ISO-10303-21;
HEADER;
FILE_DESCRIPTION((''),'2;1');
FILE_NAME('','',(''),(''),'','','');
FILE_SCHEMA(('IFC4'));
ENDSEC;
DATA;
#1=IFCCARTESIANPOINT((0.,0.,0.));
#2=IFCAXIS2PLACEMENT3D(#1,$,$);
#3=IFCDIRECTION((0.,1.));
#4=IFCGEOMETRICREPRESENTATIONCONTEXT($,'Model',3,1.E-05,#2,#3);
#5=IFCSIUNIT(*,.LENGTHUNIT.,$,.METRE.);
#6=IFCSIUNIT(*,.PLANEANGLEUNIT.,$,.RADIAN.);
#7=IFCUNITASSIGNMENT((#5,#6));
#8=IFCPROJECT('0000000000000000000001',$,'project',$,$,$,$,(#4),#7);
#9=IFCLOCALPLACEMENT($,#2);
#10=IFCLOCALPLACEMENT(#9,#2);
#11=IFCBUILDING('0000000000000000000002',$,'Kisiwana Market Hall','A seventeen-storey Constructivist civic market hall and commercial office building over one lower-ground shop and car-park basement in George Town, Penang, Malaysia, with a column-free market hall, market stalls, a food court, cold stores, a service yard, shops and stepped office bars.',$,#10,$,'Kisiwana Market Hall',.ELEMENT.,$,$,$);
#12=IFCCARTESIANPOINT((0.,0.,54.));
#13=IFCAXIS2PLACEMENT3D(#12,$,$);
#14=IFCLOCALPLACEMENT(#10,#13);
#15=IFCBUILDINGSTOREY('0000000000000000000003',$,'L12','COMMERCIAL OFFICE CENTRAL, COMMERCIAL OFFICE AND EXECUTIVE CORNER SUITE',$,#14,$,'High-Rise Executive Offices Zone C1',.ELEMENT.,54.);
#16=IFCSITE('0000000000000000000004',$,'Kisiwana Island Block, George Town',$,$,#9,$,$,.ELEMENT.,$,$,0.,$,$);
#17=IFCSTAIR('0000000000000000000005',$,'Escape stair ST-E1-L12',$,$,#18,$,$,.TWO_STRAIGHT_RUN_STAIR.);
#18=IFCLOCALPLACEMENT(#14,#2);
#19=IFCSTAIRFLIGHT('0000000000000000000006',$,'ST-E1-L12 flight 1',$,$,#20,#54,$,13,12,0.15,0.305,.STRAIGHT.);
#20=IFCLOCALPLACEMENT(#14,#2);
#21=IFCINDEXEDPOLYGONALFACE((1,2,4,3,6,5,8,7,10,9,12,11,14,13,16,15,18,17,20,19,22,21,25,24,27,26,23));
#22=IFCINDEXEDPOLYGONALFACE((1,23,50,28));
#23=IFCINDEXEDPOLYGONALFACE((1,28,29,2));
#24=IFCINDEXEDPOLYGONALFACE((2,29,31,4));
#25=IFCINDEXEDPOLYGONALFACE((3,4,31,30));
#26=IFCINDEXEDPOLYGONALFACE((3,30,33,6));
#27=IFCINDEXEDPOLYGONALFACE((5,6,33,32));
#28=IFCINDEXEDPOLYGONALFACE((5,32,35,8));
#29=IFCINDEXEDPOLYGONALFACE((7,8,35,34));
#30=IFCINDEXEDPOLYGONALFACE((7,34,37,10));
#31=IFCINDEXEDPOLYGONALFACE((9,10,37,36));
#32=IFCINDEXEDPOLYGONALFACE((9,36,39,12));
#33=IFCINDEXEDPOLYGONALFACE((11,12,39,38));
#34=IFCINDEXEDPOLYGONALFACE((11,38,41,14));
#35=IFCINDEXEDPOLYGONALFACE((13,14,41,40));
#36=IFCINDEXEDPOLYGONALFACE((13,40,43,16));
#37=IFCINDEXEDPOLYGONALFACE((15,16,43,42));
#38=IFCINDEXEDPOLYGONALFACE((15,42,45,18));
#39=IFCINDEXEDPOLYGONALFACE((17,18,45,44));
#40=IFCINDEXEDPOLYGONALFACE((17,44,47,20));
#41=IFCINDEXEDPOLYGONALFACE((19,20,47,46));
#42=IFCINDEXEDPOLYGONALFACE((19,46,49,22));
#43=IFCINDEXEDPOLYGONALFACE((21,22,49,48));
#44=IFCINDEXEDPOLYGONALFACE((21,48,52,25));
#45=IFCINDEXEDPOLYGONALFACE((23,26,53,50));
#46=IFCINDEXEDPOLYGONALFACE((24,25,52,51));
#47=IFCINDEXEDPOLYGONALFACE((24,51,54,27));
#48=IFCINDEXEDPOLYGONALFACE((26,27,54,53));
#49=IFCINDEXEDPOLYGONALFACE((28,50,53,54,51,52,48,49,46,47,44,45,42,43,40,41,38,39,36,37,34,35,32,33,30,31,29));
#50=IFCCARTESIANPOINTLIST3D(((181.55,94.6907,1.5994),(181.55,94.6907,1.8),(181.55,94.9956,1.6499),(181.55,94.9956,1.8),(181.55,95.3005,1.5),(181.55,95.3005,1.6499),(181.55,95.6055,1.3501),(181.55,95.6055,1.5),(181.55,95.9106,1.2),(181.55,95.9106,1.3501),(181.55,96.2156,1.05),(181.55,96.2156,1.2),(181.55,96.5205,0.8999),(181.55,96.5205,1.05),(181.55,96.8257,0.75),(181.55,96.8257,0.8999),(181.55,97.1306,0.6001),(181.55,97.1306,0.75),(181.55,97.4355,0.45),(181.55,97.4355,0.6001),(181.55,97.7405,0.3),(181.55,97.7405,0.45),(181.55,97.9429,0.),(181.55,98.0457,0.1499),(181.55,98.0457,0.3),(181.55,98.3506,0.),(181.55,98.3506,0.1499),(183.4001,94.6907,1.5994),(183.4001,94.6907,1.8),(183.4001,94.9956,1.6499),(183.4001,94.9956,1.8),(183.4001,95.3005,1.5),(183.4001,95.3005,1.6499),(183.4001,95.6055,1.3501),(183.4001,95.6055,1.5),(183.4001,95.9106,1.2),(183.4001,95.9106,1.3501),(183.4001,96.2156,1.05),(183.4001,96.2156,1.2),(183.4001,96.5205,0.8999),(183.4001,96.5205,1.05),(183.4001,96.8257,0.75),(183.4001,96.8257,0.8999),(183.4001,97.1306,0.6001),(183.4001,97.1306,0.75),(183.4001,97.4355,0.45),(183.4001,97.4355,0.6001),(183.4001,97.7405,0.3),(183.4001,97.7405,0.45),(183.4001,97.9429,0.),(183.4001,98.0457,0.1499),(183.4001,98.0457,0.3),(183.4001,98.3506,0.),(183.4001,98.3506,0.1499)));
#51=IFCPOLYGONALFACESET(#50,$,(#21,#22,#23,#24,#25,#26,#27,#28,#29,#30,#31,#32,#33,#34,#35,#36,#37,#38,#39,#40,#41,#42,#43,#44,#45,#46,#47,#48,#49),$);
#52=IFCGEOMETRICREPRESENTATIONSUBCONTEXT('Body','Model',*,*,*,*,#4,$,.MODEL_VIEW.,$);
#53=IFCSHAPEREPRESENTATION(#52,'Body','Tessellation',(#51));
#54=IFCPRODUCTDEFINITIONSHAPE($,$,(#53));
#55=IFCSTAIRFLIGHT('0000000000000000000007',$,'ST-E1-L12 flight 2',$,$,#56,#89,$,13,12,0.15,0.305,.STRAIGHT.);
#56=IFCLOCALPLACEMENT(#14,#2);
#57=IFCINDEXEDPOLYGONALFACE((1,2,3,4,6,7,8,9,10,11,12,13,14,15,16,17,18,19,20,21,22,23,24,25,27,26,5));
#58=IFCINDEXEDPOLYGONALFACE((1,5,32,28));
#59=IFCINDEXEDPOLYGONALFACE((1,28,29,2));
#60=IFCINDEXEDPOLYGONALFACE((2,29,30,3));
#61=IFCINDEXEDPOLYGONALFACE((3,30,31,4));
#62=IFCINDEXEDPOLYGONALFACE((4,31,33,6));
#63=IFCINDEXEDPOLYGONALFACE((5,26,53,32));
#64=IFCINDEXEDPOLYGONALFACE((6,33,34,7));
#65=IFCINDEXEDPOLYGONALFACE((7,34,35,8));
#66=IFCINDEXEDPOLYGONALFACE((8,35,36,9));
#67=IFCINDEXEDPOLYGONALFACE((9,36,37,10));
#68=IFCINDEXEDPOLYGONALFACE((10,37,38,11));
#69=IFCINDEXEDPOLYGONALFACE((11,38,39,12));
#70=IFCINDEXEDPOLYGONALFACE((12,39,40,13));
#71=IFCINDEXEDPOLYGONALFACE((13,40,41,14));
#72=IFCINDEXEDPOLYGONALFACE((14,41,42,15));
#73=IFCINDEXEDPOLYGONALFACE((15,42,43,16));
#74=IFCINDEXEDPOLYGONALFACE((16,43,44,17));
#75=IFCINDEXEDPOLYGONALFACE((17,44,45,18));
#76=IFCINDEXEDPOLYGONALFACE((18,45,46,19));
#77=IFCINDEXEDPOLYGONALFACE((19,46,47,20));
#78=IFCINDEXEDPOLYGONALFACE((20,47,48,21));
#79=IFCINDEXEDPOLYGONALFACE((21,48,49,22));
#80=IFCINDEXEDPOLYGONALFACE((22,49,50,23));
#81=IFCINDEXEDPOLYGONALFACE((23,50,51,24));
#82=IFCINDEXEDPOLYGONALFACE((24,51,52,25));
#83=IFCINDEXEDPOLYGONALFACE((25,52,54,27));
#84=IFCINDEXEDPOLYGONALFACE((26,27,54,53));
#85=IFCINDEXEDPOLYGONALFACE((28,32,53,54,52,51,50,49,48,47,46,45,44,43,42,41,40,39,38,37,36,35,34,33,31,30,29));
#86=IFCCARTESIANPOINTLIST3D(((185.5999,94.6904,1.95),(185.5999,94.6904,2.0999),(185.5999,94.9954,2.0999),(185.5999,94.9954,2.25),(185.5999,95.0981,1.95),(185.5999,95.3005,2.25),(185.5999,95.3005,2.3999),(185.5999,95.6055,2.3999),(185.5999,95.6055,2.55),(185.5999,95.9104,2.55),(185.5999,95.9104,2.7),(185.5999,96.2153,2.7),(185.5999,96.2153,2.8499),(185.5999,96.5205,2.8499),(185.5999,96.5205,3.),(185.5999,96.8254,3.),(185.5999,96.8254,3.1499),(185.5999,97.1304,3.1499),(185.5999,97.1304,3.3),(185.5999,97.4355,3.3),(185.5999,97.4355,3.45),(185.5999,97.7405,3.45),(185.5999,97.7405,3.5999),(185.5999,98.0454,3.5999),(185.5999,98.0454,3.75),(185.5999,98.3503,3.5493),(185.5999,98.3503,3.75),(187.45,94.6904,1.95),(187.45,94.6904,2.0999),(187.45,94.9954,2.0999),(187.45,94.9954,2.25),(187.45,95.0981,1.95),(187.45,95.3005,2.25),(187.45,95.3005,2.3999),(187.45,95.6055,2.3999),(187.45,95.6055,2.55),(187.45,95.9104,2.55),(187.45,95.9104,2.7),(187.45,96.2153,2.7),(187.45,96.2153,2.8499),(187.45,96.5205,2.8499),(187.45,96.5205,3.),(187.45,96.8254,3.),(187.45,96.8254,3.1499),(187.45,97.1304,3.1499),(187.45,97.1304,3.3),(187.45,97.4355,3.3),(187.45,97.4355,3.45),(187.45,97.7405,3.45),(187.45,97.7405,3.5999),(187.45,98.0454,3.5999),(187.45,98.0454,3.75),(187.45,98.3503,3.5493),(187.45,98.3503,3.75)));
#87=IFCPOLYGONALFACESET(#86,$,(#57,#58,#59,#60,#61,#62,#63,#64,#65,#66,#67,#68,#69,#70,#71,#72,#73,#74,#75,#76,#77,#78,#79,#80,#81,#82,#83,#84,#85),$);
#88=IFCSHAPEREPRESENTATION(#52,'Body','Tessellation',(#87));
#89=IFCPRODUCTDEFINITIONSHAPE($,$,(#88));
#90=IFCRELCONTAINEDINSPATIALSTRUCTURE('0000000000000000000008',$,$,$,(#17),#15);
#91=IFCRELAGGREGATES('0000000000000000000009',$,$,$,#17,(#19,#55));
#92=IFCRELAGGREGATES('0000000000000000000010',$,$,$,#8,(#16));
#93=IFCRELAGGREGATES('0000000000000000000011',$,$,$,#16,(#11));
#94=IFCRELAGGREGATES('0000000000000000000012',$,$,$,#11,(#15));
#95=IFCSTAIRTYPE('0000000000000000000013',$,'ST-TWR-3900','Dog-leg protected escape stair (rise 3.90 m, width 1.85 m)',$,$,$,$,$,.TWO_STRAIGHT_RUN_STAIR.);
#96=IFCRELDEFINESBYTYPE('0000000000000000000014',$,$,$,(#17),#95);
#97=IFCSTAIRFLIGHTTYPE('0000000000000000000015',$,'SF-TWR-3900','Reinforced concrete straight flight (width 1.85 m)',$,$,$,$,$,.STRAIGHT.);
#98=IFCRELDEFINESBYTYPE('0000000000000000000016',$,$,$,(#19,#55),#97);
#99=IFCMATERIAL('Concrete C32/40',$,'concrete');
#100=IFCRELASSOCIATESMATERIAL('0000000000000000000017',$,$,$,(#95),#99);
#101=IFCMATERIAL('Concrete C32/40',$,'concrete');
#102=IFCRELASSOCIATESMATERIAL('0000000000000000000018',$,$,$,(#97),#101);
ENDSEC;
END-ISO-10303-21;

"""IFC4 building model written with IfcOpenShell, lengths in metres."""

from ifc_helpers import new_model, si_unit, direction, frame, origin, place, context, subcontext, project, spatial, polyline, outline, extrude, material, type_object, element, aggregate, save


model = new_model("IFC4")

# Units and contexts
model_context = context("Model", 3, precision=1e-05, world=origin(), true_north=direction((0.0, 1.0)))
body_context = subcontext(model_context, "Body", "Model", "MODEL_VIEW")
ifc_project = project(units=[si_unit("LENGTHUNIT", "METRE"), si_unit("PLANEANGLEUNIT", "RADIAN")], contexts=[model_context])

# Site, building, storey
site_placement = place(None, origin())
site = spatial("IfcSite", under=ifc_project, at=site_placement, Name="Kisiwana Island Block, George Town", CompositionType="ELEMENT", RefElevation=0.0)
building_placement = place(site_placement, origin())
building = spatial("IfcBuilding", under=site, at=building_placement, Name="Kisiwana Market Hall", Description="A seventeen-storey Constructivist civic market hall and commercial office building over one lower-ground shop and car-park basement in George Town, Penang, Malaysia, with a column-free market hall, market stalls, a food court, cold stores, a service yard, shops and stepped office bars.", LongName="Kisiwana Market Hall", CompositionType="ELEMENT")
storey_placement = place(building_placement, frame((0.0, 0.0, 54.0)))
storey = spatial("IfcBuildingStorey", under=building, at=storey_placement, Name="L12", Description="COMMERCIAL OFFICE CENTRAL, COMMERCIAL OFFICE AND EXECUTIVE CORNER SUITE", LongName="High-Rise Executive Offices Zone C1", CompositionType="ELEMENT", Elevation=54.0)

# Stair, stair flights
ifc_material_1 = material(Name="Concrete C32/40", Category="concrete")
stair_type = type_object("IfcStairType", Name="ST-TWR-3900", Description="Dog-leg protected escape stair (rise 3.90 m, width 1.85 m)", PredefinedType="TWO_STRAIGHT_RUN_STAIR", material=ifc_material_1)
stair_placement = place(storey_placement, origin())
stair = element("IfcStair", 1, at=stair_placement, inside=storey, type_object=stair_type, Name="Escape stair ST-E1-L12", PredefinedType="TWO_STRAIGHT_RUN_STAIR")
ifc_material_2 = material(Name="Concrete C32/40", Category="concrete")
stair_flight_type = type_object("IfcStairFlightType", Name="SF-TWR-3900", Description="Reinforced concrete straight flight (width 1.85 m)", PredefinedType="STRAIGHT", material=ifc_material_2)
stair_flight_1_placement = place(storey_placement, frame((182.4751, 98.3506, 0.0), z_axis=(0.0, 0.0, 1.0), x_axis=(0.0, -1.0, 0.0)))
stair_flight_1 = element("IfcStairFlight", 2, at=stair_flight_1_placement, type_object=stair_flight_type, Name="ST-E1-L12 flight 1", NumberOfRisers=13, NumberOfTreads=12, PredefinedType="STRAIGHT", RiserHeight=0.15, TreadLength=0.305, context=body_context, shape_type="SweptSolid", body=[
    extrude(outline(polyline([(0.0, 0.0), (0.0, 0.1499), (0.3049, 0.1499), (0.3049, 0.3), (0.6101, 0.3), (0.6101, 0.45), (0.915, 0.45), (0.915, 0.6001), (1.22, 0.6001), (1.22, 0.75), (1.5249, 0.75), (1.5249, 0.8999), (1.8301, 0.8999), (1.8301, 1.05), (2.135, 1.05), (2.135, 1.2), (2.4399, 1.2), (2.4399, 1.3501), (2.7451, 1.3501), (2.7451, 1.5), (3.05, 1.5), (3.05, 1.6499), (3.355, 1.6499), (3.355, 1.8), (3.6599, 1.8), (3.6599, 1.95), (3.6599, 1.5994), (0.4077, 0.0), (0.0, 0.0)])), frame((0.0, 0.925, 0.0), z_axis=(0.0, -1.0, 0.0), x_axis=(1.0, 0.0, 0.0)), (0.0, 0.0, 1.0), 1.8501),
])
stair_flight_2_placement = place(storey_placement, frame((186.5249, 94.6904, 1.95), z_axis=(0.0, 0.0, 1.0), x_axis=(0.0, 1.0, 0.0)))
stair_flight_2 = element("IfcStairFlight", 3, at=stair_flight_2_placement, type_object=stair_flight_type, Name="ST-E1-L12 flight 2", NumberOfRisers=13, NumberOfTreads=12, PredefinedType="STRAIGHT", RiserHeight=0.15, TreadLength=0.305, context=body_context, shape_type="SweptSolid", body=[
    extrude(outline(polyline([(0.0, 0.0), (0.0, 0.1499), (0.3049, 0.1499), (0.3049, 0.3), (0.6101, 0.3), (0.6101, 0.45), (0.915, 0.45), (0.915, 0.6001), (1.22, 0.6001), (1.22, 0.75), (1.5249, 0.75), (1.5249, 0.8999), (1.8301, 0.8999), (1.8301, 1.05), (2.135, 1.05), (2.135, 1.2), (2.4399, 1.2), (2.4399, 1.3501), (2.7451, 1.3501), (2.7451, 1.5), (3.05, 1.5), (3.05, 1.6499), (3.355, 1.6499), (3.355, 1.8), (3.6599, 1.8), (3.6599, 1.95), (3.6599, 1.5994), (0.4077, 0.0), (0.0, 0.0)])), frame((0.0, 0.925, 0.0), z_axis=(0.0, -1.0, 0.0), x_axis=(1.0, 0.0, 0.0)), (0.0, 0.0, 1.0), 1.8501),
])
aggregate(stair, [stair_flight_1, stair_flight_2])

save(model, "model.ifc")
